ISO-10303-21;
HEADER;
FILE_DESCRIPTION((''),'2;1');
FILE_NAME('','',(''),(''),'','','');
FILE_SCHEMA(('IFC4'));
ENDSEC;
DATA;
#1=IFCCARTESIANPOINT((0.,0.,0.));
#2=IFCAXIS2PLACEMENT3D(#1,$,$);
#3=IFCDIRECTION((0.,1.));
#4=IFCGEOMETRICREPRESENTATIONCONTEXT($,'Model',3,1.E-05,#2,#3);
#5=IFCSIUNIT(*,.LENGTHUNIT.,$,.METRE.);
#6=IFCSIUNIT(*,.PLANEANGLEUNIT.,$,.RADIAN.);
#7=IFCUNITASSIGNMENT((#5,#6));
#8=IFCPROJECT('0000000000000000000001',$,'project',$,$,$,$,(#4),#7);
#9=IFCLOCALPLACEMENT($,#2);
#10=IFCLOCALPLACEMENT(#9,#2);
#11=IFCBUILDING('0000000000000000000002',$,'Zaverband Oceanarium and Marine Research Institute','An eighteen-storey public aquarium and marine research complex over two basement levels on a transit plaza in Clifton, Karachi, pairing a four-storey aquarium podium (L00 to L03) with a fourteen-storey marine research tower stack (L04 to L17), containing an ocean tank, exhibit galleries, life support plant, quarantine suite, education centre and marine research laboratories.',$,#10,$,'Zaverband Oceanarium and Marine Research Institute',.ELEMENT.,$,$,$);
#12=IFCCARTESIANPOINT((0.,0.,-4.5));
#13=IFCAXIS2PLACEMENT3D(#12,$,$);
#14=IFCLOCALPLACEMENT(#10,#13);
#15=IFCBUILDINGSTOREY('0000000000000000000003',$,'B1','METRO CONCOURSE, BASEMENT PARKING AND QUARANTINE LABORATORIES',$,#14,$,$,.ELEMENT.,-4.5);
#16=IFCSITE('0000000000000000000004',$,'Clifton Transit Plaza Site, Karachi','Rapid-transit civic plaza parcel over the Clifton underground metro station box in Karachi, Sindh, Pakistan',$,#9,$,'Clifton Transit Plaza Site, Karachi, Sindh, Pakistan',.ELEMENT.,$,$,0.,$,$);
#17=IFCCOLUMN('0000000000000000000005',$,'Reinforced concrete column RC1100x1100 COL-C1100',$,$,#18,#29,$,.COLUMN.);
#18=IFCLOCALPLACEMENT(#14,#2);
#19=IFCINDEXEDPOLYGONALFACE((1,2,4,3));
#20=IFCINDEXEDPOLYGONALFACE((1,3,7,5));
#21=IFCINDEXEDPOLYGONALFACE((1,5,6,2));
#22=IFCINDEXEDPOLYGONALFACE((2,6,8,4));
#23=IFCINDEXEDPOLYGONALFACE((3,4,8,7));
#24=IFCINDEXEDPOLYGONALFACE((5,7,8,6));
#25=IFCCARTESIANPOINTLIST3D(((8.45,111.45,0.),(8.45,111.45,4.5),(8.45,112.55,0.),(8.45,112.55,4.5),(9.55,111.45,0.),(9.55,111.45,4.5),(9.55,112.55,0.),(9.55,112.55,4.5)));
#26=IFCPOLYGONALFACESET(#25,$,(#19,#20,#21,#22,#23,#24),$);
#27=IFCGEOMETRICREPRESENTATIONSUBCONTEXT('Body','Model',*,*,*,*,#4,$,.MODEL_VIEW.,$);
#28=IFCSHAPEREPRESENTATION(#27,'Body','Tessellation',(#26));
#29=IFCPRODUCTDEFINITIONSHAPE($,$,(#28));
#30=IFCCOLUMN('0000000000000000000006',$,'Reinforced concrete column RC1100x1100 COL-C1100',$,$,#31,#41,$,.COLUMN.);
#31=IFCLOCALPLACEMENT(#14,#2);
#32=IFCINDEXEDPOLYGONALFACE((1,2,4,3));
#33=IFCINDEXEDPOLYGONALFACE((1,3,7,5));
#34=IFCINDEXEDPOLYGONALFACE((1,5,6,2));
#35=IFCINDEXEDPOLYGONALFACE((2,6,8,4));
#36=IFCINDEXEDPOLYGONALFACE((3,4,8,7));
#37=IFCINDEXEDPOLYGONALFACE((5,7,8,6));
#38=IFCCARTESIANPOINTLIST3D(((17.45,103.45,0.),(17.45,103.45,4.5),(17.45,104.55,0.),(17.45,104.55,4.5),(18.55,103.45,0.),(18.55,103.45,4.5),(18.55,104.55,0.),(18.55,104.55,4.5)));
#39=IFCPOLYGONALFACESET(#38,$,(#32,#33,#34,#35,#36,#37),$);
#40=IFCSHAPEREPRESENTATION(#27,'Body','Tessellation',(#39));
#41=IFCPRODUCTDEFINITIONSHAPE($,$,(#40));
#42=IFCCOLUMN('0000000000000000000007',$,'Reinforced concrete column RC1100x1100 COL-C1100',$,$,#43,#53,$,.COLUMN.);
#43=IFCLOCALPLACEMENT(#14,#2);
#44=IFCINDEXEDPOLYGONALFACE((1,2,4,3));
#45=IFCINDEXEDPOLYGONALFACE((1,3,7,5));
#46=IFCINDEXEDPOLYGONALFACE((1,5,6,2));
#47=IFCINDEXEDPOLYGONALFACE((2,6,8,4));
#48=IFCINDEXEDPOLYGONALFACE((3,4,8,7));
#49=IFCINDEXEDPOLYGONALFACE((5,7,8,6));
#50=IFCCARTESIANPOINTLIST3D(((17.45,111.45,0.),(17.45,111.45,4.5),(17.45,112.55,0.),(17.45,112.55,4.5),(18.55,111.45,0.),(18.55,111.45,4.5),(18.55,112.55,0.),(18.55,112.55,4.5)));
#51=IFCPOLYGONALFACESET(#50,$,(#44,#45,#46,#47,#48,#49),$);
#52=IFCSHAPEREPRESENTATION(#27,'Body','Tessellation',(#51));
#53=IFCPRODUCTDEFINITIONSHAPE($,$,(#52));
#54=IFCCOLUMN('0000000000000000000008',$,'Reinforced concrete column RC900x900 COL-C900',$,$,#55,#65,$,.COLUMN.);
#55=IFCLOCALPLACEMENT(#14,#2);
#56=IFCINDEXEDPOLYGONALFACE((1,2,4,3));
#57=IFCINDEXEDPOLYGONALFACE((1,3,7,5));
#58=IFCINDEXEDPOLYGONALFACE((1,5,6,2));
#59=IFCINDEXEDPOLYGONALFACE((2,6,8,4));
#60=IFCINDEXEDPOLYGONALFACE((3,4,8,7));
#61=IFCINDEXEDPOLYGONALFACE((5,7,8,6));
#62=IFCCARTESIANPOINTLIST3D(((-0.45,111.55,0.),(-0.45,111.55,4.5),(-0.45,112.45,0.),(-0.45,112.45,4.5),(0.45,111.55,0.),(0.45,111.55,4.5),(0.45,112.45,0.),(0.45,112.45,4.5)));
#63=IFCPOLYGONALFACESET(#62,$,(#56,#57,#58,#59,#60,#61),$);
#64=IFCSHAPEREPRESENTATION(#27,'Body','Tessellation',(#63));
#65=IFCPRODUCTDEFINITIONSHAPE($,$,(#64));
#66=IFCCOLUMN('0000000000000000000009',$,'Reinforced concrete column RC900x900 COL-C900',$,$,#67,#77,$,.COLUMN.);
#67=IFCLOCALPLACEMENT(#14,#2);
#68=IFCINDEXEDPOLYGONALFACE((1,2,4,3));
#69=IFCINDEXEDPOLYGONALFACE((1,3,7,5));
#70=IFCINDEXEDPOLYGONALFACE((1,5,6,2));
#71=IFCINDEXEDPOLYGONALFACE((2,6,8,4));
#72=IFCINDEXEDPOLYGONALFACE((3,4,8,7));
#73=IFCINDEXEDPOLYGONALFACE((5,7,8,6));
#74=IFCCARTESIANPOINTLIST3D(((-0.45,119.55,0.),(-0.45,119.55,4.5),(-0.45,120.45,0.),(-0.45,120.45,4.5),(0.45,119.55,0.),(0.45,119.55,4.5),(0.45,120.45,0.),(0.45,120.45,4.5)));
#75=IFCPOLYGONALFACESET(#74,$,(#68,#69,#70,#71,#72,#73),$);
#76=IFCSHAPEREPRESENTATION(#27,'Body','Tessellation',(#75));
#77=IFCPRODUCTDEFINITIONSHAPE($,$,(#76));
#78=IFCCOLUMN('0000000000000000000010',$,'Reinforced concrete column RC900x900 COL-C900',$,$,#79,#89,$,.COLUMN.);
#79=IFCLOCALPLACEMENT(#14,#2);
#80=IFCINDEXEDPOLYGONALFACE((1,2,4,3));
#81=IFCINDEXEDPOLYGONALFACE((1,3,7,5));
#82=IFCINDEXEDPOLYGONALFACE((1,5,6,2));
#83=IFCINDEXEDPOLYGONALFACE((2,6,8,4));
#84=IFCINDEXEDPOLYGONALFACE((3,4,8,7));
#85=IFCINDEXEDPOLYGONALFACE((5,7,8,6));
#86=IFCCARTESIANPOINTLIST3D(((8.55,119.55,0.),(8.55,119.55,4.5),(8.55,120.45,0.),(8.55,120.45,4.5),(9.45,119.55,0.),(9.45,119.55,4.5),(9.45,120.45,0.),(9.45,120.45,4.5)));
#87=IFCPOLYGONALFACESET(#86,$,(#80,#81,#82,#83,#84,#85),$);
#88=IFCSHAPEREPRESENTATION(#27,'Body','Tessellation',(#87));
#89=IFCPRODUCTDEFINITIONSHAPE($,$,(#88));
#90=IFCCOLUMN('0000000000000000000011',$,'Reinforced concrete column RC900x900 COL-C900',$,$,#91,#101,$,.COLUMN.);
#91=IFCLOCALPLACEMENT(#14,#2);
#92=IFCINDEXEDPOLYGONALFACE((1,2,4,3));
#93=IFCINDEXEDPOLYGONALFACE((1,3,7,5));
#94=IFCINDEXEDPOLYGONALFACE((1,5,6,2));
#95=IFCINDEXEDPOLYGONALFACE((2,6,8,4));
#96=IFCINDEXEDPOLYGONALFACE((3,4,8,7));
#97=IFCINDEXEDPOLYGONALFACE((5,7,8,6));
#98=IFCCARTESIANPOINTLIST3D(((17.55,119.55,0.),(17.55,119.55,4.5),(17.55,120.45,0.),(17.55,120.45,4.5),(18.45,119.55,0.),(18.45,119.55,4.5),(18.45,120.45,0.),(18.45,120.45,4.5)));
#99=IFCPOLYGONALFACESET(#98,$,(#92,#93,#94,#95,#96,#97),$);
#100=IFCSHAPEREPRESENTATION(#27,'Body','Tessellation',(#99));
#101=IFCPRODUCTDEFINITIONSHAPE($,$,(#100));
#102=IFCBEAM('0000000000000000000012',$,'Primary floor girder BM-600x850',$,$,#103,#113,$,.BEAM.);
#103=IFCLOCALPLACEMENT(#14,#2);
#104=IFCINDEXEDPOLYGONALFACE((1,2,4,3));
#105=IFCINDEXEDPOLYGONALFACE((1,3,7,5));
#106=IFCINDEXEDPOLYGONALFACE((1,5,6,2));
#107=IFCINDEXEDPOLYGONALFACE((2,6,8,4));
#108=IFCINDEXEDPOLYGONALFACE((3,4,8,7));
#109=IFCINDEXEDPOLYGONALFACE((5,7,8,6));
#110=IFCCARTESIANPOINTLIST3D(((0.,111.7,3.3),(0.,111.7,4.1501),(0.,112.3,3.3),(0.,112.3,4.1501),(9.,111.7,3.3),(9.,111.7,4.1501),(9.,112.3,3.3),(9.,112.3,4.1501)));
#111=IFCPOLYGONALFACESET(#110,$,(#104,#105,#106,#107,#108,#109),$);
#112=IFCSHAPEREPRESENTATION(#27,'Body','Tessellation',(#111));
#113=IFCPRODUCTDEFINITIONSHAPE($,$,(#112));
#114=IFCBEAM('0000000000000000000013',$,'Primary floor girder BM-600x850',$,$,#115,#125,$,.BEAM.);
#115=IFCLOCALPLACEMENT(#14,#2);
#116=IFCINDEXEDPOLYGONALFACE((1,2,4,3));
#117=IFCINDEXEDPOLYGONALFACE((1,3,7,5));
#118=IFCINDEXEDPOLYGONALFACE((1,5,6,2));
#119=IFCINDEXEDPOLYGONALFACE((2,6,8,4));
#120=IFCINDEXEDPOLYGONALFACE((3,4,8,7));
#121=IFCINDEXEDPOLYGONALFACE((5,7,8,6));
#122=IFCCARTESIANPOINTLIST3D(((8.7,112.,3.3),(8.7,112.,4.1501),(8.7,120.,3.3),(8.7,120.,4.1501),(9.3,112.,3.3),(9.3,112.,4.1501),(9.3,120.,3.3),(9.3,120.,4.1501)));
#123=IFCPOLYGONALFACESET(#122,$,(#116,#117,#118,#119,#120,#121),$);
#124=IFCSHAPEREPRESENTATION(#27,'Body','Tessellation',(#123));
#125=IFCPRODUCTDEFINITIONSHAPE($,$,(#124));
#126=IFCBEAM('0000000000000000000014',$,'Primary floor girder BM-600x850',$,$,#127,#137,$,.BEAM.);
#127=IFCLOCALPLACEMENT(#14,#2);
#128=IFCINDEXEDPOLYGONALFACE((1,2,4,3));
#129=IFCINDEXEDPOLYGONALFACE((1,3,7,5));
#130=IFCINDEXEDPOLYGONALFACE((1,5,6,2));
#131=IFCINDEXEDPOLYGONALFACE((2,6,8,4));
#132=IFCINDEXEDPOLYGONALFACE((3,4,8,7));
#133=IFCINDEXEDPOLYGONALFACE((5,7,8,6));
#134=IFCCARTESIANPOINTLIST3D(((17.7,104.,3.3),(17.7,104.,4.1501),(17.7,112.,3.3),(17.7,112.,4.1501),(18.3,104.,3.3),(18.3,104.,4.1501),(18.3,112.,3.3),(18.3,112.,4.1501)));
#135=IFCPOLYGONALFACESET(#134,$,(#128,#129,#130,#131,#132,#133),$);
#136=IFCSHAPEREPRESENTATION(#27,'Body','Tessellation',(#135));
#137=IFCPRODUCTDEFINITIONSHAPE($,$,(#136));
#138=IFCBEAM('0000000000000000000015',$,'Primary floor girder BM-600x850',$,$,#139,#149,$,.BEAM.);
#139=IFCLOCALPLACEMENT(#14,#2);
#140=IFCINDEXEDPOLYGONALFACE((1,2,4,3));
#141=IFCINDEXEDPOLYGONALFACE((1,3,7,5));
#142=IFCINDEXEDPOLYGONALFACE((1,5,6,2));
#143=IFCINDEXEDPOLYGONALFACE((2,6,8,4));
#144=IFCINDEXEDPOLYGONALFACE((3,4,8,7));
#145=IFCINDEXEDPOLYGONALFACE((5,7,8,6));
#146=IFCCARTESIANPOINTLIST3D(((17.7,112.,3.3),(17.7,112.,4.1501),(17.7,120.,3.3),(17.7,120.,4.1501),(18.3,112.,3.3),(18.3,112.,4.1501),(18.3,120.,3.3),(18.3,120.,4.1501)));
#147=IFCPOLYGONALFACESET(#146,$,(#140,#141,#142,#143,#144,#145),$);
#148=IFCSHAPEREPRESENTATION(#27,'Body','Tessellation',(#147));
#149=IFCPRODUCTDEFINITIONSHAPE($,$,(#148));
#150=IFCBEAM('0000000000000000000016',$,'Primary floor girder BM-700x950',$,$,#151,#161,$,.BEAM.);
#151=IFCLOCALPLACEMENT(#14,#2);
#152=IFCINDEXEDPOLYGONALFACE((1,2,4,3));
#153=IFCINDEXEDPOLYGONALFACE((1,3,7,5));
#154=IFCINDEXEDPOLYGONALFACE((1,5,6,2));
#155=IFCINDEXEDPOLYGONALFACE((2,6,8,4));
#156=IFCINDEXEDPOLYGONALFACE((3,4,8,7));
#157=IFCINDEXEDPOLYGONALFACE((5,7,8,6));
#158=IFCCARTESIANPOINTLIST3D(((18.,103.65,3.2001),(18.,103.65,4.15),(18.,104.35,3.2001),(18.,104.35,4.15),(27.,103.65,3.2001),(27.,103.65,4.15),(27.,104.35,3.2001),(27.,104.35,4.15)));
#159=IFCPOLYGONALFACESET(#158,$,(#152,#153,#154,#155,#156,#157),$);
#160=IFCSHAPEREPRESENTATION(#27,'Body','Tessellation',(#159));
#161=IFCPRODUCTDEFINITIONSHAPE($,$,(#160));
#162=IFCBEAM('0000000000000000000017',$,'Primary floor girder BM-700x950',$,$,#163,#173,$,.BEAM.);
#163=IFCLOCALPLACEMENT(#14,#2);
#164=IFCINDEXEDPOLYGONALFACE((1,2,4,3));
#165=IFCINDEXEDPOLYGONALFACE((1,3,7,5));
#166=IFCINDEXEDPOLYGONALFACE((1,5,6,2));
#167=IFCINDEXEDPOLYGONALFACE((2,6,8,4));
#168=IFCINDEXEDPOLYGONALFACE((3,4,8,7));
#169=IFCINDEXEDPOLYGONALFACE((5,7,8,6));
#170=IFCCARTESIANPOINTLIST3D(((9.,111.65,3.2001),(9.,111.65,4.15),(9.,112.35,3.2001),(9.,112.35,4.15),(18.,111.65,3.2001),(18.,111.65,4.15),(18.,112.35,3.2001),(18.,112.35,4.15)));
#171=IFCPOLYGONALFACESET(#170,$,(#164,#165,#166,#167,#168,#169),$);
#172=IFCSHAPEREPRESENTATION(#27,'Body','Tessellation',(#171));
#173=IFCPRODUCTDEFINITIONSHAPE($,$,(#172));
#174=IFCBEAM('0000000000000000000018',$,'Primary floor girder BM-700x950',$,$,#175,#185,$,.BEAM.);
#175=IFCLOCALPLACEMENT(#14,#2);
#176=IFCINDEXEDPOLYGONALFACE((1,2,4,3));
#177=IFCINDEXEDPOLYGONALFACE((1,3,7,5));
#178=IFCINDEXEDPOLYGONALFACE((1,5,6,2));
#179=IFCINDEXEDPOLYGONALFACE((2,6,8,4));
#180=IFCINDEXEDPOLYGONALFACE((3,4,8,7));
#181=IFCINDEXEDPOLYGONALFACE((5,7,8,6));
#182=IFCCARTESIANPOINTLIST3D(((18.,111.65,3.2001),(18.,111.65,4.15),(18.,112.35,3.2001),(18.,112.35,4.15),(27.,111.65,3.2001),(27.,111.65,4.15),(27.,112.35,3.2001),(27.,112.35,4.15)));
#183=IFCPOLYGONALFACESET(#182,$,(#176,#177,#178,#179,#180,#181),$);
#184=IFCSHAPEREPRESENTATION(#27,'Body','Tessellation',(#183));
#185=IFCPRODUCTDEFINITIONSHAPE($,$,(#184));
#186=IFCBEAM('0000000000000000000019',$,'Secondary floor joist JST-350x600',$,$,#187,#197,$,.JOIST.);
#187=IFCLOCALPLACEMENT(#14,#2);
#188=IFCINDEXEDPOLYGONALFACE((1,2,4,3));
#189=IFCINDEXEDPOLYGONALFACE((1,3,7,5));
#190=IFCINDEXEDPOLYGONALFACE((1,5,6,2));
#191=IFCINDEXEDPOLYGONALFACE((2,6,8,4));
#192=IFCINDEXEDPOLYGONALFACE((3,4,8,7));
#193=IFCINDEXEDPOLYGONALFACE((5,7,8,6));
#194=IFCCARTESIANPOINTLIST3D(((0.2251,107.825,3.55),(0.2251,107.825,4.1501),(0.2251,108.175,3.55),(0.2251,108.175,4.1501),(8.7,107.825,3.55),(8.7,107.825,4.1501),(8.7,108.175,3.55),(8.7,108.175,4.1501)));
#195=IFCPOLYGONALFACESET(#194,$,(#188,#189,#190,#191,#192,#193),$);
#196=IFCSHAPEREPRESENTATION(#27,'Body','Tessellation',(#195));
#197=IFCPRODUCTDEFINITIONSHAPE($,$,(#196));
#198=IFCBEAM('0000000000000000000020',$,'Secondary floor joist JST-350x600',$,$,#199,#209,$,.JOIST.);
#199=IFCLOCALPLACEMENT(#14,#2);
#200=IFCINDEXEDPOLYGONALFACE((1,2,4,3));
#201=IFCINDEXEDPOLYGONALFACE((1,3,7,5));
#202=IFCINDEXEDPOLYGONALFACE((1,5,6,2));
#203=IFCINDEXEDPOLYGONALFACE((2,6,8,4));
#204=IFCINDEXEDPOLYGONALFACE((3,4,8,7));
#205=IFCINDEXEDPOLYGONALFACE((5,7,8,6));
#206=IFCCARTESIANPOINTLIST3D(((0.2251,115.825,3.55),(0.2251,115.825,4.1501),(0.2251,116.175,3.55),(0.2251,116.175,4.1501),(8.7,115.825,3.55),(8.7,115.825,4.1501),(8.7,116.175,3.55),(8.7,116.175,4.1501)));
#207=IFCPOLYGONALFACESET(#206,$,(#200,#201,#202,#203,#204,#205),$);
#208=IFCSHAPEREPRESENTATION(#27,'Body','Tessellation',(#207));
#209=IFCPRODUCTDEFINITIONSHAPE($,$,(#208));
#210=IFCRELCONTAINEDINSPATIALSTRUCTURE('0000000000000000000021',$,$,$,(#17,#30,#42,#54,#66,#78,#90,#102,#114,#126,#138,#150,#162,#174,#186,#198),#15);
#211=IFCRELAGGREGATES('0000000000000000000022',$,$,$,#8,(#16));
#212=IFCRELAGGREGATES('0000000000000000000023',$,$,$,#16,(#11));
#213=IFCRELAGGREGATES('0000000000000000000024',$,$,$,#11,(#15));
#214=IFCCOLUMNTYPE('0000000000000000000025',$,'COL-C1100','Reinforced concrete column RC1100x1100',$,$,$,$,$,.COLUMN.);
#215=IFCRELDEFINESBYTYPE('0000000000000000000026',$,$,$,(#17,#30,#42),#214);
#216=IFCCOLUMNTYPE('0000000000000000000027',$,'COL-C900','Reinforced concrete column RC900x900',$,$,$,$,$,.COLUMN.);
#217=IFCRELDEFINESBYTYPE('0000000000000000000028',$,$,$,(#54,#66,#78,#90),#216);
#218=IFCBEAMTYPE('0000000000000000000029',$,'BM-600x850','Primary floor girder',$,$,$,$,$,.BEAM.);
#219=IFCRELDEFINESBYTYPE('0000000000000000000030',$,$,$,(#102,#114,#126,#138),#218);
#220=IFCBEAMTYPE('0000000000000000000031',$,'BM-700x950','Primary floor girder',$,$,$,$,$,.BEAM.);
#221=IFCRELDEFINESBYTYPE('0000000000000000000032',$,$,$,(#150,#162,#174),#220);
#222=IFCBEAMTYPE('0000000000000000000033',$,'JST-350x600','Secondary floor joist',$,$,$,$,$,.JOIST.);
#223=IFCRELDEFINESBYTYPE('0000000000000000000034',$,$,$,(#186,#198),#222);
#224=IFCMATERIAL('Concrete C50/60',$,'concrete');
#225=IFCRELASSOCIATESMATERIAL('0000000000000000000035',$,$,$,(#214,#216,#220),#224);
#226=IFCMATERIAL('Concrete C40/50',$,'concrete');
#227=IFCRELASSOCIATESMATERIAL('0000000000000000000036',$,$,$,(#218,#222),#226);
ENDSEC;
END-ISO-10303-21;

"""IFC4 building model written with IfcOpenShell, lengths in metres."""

from ifc_helpers import new_model, si_unit, direction, frame, origin, origin_2d, place, context, subcontext, project, spatial, rectangle, extrude, material, material_profile, profile_set, type_object, element, save


model = new_model("IFC4")

# Units and contexts
model_context = context("Model", 3, precision=1e-05, world=origin(), true_north=direction((0.0, 1.0)))
body_context = subcontext(model_context, "Body", "Model", "MODEL_VIEW")
ifc_project = project(units=[si_unit("LENGTHUNIT", "METRE"), si_unit("PLANEANGLEUNIT", "RADIAN")], contexts=[model_context])

# Site, building, storey
site_placement = place(None, origin())
site = spatial("IfcSite", under=ifc_project, at=site_placement, Name="Clifton Transit Plaza Site, Karachi", Description="Rapid-transit civic plaza parcel over the Clifton underground metro station box in Karachi, Sindh, Pakistan", LongName="Clifton Transit Plaza Site, Karachi, Sindh, Pakistan", CompositionType="ELEMENT", RefElevation=0.0)
building_placement = place(site_placement, origin())
building = spatial("IfcBuilding", under=site, at=building_placement, Name="Zaverband Oceanarium and Marine Research Institute", Description="An eighteen-storey public aquarium and marine research complex over two basement levels on a transit plaza in Clifton, Karachi, pairing a four-storey aquarium podium (L00 to L03) with a fourteen-storey marine research tower stack (L04 to L17), containing an ocean tank, exhibit galleries, life support plant, quarantine suite, education centre and marine research laboratories.", LongName="Zaverband Oceanarium and Marine Research Institute", CompositionType="ELEMENT")
storey_placement = place(building_placement, frame((0.0, 0.0, -4.5)))
storey = spatial("IfcBuildingStorey", under=building, at=storey_placement, Name="B1", Description="METRO CONCOURSE, BASEMENT PARKING AND QUARANTINE LABORATORIES", CompositionType="ELEMENT", Elevation=-4.5)

# Columns
ifc_material_1 = material(Name="Concrete C50/60", Category="concrete")
ifc_material_profile_1 = material_profile(ifc_material_1, rectangle(XDim=1.1001, YDim=1.1001, at=origin_2d()), Name="RC1100x1100")
ifc_profile_set_1 = profile_set([ifc_material_profile_1], Name="Concrete C50/60")
column_type_1 = type_object("IfcColumnType", Name="COL-C1100", Description="Reinforced concrete column RC1100x1100", PredefinedType="COLUMN", material=ifc_profile_set_1)
for number, where, z_axis, x_axis, name in (
    (1, (9.0, 112.0, 0.0), (0.0, 0.0, 1.0), (1.0, 0.0, 0.0), "Reinforced concrete column RC1100x1100 COL-C1100"),
    (2, (18.0, 104.0, 0.0), (0.0, 0.0, 1.0), (1.0, 0.0, 0.0), "Reinforced concrete column RC1100x1100 COL-C1100"),
    (3, (18.0, 112.0, 0.0), (0.0, 0.0, 1.0), (1.0, 0.0, 0.0), "Reinforced concrete column RC1100x1100 COL-C1100"),
):
    element("IfcColumn", number, at=place(storey_placement, frame(where, z_axis=z_axis, x_axis=x_axis)), inside=storey, type_object=column_type_1, Name=name, PredefinedType="COLUMN", context=body_context, shape_type="SweptSolid", body=[
        extrude(rectangle(XDim=1.1001, YDim=1.1001, at=origin_2d()), origin(), (0.0, 0.0, 1.0), 4.5),
    ])
ifc_material_profile_2 = material_profile(ifc_material_1, rectangle(XDim=0.8999, YDim=0.8999, at=origin_2d()), Name="RC900x900")
ifc_profile_set_2 = profile_set([ifc_material_profile_2], Name="Concrete C50/60")
column_type_2 = type_object("IfcColumnType", Name="COL-C900", Description="Reinforced concrete column RC900x900", PredefinedType="COLUMN", material=ifc_profile_set_2)
for number, where, z_axis, x_axis, name in (
    (4, (0.0, 112.0, 0.0), (0.0, 0.0, 1.0), (1.0, 0.0, 0.0), "Reinforced concrete column RC900x900 COL-C900"),
    (5, (0.0, 120.0, 0.0), (0.0, 0.0, 1.0), (1.0, 0.0, 0.0), "Reinforced concrete column RC900x900 COL-C900"),
    (6, (9.0, 120.0, 0.0), (0.0, 0.0, 1.0), (1.0, 0.0, 0.0), "Reinforced concrete column RC900x900 COL-C900"),
    (7, (18.0, 120.0, 0.0), (0.0, 0.0, 1.0), (1.0, 0.0, 0.0), "Reinforced concrete column RC900x900 COL-C900"),
):
    element("IfcColumn", number, at=place(storey_placement, frame(where, z_axis=z_axis, x_axis=x_axis)), inside=storey, type_object=column_type_2, Name=name, PredefinedType="COLUMN", context=body_context, shape_type="SweptSolid", body=[
        extrude(rectangle(XDim=0.8999, YDim=0.8999, at=origin_2d()), origin(), (0.0, 0.0, 1.0), 4.5),
    ])

# Beams
ifc_material_2 = material(Name="Concrete C40/50", Category="concrete")
ifc_material_profile_3 = material_profile(ifc_material_2, rectangle(XDim=0.6001, YDim=0.8501, at=origin_2d()), Name="RC600x850")
ifc_profile_set_3 = profile_set([ifc_material_profile_3], Name="Concrete C40/50")
beam_type_1 = type_object("IfcBeamType", Name="BM-600x850", Description="Primary floor girder", PredefinedType="BEAM", material=ifc_profile_set_3)
beam_1_placement = place(storey_placement, frame((0.0, 112.0, 3.7251), z_axis=(1.0, 0.0, 0.0), x_axis=(0.0, 1.0, 0.0)))
element("IfcBeam", 8, at=beam_1_placement, inside=storey, type_object=beam_type_1, Name="Primary floor girder BM-600x850", PredefinedType="BEAM", context=body_context, shape_type="SweptSolid", body=[
    extrude(rectangle(XDim=0.6001, YDim=0.8501, at=origin_2d()), origin(), (0.0, 0.0, 1.0), 9.0),
])
for number, where, z_axis, x_axis, name in (
    (9, (9.0, 112.0, 3.7251), (0.0, 1.0, 0.0), (-1.0, 0.0, 0.0), "Primary floor girder BM-600x850"),
    (10, (18.0, 104.0, 3.7251), (0.0, 1.0, 0.0), (-1.0, 0.0, 0.0), "Primary floor girder BM-600x850"),
    (11, (18.0, 112.0, 3.7251), (0.0, 1.0, 0.0), (-1.0, 0.0, 0.0), "Primary floor girder BM-600x850"),
):
    element("IfcBeam", number, at=place(storey_placement, frame(where, z_axis=z_axis, x_axis=x_axis)), inside=storey, type_object=beam_type_1, Name=name, PredefinedType="BEAM", context=body_context, shape_type="SweptSolid", body=[
        extrude(rectangle(XDim=0.6001, YDim=0.8501, at=origin_2d()), origin(), (0.0, 0.0, 1.0), 8.0),
    ])
ifc_material_profile_4 = material_profile(ifc_material_1, rectangle(XDim=0.7, YDim=0.95, at=origin_2d()), Name="RC700x950")
ifc_profile_set_4 = profile_set([ifc_material_profile_4], Name="Concrete C50/60")
beam_type_2 = type_object("IfcBeamType", Name="BM-700x950", Description="Primary floor girder", PredefinedType="BEAM", material=ifc_profile_set_4)
for number, where, z_axis, x_axis, name in (
    (12, (18.0, 104.0, 3.675), (1.0, 0.0, 0.0), (0.0, 1.0, 0.0), "Primary floor girder BM-700x950"),
    (13, (9.0, 112.0, 3.675), (1.0, 0.0, 0.0), (0.0, 1.0, 0.0), "Primary floor girder BM-700x950"),
    (14, (18.0, 112.0, 3.675), (1.0, 0.0, 0.0), (0.0, 1.0, 0.0), "Primary floor girder BM-700x950"),
):
    element("IfcBeam", number, at=place(storey_placement, frame(where, z_axis=z_axis, x_axis=x_axis)), inside=storey, type_object=beam_type_2, Name=name, PredefinedType="BEAM", context=body_context, shape_type="SweptSolid", body=[
        extrude(rectangle(XDim=0.7, YDim=0.95, at=origin_2d()), origin(), (0.0, 0.0, 1.0), 9.0),
    ])
ifc_material_profile_5 = material_profile(ifc_material_2, rectangle(XDim=0.3501, YDim=0.6001, at=origin_2d()), Name="RC350x600")
ifc_profile_set_5 = profile_set([ifc_material_profile_5], Name="Concrete C40/50")
beam_type_3 = type_object("IfcBeamType", Name="JST-350x600", Description="Secondary floor joist", PredefinedType="JOIST", material=ifc_profile_set_5)
for number, where, z_axis, x_axis, name in (
    (15, (0.2251, 108.0, 3.8501), (1.0, 0.0, 0.0), (0.0, 1.0, 0.0), "Secondary floor joist JST-350x600"),
    (16, (0.2251, 116.0, 3.8501), (1.0, 0.0, 0.0), (0.0, 1.0, 0.0), "Secondary floor joist JST-350x600"),
):
    element("IfcBeam", number, at=place(storey_placement, frame(where, z_axis=z_axis, x_axis=x_axis)), inside=storey, type_object=beam_type_3, Name=name, PredefinedType="JOIST", context=body_context, shape_type="SweptSolid", body=[
        extrude(rectangle(XDim=0.3501, YDim=0.6001, at=origin_2d()), origin(), (0.0, 0.0, 1.0), 8.4749),
    ])

save(model, "model.ifc")
